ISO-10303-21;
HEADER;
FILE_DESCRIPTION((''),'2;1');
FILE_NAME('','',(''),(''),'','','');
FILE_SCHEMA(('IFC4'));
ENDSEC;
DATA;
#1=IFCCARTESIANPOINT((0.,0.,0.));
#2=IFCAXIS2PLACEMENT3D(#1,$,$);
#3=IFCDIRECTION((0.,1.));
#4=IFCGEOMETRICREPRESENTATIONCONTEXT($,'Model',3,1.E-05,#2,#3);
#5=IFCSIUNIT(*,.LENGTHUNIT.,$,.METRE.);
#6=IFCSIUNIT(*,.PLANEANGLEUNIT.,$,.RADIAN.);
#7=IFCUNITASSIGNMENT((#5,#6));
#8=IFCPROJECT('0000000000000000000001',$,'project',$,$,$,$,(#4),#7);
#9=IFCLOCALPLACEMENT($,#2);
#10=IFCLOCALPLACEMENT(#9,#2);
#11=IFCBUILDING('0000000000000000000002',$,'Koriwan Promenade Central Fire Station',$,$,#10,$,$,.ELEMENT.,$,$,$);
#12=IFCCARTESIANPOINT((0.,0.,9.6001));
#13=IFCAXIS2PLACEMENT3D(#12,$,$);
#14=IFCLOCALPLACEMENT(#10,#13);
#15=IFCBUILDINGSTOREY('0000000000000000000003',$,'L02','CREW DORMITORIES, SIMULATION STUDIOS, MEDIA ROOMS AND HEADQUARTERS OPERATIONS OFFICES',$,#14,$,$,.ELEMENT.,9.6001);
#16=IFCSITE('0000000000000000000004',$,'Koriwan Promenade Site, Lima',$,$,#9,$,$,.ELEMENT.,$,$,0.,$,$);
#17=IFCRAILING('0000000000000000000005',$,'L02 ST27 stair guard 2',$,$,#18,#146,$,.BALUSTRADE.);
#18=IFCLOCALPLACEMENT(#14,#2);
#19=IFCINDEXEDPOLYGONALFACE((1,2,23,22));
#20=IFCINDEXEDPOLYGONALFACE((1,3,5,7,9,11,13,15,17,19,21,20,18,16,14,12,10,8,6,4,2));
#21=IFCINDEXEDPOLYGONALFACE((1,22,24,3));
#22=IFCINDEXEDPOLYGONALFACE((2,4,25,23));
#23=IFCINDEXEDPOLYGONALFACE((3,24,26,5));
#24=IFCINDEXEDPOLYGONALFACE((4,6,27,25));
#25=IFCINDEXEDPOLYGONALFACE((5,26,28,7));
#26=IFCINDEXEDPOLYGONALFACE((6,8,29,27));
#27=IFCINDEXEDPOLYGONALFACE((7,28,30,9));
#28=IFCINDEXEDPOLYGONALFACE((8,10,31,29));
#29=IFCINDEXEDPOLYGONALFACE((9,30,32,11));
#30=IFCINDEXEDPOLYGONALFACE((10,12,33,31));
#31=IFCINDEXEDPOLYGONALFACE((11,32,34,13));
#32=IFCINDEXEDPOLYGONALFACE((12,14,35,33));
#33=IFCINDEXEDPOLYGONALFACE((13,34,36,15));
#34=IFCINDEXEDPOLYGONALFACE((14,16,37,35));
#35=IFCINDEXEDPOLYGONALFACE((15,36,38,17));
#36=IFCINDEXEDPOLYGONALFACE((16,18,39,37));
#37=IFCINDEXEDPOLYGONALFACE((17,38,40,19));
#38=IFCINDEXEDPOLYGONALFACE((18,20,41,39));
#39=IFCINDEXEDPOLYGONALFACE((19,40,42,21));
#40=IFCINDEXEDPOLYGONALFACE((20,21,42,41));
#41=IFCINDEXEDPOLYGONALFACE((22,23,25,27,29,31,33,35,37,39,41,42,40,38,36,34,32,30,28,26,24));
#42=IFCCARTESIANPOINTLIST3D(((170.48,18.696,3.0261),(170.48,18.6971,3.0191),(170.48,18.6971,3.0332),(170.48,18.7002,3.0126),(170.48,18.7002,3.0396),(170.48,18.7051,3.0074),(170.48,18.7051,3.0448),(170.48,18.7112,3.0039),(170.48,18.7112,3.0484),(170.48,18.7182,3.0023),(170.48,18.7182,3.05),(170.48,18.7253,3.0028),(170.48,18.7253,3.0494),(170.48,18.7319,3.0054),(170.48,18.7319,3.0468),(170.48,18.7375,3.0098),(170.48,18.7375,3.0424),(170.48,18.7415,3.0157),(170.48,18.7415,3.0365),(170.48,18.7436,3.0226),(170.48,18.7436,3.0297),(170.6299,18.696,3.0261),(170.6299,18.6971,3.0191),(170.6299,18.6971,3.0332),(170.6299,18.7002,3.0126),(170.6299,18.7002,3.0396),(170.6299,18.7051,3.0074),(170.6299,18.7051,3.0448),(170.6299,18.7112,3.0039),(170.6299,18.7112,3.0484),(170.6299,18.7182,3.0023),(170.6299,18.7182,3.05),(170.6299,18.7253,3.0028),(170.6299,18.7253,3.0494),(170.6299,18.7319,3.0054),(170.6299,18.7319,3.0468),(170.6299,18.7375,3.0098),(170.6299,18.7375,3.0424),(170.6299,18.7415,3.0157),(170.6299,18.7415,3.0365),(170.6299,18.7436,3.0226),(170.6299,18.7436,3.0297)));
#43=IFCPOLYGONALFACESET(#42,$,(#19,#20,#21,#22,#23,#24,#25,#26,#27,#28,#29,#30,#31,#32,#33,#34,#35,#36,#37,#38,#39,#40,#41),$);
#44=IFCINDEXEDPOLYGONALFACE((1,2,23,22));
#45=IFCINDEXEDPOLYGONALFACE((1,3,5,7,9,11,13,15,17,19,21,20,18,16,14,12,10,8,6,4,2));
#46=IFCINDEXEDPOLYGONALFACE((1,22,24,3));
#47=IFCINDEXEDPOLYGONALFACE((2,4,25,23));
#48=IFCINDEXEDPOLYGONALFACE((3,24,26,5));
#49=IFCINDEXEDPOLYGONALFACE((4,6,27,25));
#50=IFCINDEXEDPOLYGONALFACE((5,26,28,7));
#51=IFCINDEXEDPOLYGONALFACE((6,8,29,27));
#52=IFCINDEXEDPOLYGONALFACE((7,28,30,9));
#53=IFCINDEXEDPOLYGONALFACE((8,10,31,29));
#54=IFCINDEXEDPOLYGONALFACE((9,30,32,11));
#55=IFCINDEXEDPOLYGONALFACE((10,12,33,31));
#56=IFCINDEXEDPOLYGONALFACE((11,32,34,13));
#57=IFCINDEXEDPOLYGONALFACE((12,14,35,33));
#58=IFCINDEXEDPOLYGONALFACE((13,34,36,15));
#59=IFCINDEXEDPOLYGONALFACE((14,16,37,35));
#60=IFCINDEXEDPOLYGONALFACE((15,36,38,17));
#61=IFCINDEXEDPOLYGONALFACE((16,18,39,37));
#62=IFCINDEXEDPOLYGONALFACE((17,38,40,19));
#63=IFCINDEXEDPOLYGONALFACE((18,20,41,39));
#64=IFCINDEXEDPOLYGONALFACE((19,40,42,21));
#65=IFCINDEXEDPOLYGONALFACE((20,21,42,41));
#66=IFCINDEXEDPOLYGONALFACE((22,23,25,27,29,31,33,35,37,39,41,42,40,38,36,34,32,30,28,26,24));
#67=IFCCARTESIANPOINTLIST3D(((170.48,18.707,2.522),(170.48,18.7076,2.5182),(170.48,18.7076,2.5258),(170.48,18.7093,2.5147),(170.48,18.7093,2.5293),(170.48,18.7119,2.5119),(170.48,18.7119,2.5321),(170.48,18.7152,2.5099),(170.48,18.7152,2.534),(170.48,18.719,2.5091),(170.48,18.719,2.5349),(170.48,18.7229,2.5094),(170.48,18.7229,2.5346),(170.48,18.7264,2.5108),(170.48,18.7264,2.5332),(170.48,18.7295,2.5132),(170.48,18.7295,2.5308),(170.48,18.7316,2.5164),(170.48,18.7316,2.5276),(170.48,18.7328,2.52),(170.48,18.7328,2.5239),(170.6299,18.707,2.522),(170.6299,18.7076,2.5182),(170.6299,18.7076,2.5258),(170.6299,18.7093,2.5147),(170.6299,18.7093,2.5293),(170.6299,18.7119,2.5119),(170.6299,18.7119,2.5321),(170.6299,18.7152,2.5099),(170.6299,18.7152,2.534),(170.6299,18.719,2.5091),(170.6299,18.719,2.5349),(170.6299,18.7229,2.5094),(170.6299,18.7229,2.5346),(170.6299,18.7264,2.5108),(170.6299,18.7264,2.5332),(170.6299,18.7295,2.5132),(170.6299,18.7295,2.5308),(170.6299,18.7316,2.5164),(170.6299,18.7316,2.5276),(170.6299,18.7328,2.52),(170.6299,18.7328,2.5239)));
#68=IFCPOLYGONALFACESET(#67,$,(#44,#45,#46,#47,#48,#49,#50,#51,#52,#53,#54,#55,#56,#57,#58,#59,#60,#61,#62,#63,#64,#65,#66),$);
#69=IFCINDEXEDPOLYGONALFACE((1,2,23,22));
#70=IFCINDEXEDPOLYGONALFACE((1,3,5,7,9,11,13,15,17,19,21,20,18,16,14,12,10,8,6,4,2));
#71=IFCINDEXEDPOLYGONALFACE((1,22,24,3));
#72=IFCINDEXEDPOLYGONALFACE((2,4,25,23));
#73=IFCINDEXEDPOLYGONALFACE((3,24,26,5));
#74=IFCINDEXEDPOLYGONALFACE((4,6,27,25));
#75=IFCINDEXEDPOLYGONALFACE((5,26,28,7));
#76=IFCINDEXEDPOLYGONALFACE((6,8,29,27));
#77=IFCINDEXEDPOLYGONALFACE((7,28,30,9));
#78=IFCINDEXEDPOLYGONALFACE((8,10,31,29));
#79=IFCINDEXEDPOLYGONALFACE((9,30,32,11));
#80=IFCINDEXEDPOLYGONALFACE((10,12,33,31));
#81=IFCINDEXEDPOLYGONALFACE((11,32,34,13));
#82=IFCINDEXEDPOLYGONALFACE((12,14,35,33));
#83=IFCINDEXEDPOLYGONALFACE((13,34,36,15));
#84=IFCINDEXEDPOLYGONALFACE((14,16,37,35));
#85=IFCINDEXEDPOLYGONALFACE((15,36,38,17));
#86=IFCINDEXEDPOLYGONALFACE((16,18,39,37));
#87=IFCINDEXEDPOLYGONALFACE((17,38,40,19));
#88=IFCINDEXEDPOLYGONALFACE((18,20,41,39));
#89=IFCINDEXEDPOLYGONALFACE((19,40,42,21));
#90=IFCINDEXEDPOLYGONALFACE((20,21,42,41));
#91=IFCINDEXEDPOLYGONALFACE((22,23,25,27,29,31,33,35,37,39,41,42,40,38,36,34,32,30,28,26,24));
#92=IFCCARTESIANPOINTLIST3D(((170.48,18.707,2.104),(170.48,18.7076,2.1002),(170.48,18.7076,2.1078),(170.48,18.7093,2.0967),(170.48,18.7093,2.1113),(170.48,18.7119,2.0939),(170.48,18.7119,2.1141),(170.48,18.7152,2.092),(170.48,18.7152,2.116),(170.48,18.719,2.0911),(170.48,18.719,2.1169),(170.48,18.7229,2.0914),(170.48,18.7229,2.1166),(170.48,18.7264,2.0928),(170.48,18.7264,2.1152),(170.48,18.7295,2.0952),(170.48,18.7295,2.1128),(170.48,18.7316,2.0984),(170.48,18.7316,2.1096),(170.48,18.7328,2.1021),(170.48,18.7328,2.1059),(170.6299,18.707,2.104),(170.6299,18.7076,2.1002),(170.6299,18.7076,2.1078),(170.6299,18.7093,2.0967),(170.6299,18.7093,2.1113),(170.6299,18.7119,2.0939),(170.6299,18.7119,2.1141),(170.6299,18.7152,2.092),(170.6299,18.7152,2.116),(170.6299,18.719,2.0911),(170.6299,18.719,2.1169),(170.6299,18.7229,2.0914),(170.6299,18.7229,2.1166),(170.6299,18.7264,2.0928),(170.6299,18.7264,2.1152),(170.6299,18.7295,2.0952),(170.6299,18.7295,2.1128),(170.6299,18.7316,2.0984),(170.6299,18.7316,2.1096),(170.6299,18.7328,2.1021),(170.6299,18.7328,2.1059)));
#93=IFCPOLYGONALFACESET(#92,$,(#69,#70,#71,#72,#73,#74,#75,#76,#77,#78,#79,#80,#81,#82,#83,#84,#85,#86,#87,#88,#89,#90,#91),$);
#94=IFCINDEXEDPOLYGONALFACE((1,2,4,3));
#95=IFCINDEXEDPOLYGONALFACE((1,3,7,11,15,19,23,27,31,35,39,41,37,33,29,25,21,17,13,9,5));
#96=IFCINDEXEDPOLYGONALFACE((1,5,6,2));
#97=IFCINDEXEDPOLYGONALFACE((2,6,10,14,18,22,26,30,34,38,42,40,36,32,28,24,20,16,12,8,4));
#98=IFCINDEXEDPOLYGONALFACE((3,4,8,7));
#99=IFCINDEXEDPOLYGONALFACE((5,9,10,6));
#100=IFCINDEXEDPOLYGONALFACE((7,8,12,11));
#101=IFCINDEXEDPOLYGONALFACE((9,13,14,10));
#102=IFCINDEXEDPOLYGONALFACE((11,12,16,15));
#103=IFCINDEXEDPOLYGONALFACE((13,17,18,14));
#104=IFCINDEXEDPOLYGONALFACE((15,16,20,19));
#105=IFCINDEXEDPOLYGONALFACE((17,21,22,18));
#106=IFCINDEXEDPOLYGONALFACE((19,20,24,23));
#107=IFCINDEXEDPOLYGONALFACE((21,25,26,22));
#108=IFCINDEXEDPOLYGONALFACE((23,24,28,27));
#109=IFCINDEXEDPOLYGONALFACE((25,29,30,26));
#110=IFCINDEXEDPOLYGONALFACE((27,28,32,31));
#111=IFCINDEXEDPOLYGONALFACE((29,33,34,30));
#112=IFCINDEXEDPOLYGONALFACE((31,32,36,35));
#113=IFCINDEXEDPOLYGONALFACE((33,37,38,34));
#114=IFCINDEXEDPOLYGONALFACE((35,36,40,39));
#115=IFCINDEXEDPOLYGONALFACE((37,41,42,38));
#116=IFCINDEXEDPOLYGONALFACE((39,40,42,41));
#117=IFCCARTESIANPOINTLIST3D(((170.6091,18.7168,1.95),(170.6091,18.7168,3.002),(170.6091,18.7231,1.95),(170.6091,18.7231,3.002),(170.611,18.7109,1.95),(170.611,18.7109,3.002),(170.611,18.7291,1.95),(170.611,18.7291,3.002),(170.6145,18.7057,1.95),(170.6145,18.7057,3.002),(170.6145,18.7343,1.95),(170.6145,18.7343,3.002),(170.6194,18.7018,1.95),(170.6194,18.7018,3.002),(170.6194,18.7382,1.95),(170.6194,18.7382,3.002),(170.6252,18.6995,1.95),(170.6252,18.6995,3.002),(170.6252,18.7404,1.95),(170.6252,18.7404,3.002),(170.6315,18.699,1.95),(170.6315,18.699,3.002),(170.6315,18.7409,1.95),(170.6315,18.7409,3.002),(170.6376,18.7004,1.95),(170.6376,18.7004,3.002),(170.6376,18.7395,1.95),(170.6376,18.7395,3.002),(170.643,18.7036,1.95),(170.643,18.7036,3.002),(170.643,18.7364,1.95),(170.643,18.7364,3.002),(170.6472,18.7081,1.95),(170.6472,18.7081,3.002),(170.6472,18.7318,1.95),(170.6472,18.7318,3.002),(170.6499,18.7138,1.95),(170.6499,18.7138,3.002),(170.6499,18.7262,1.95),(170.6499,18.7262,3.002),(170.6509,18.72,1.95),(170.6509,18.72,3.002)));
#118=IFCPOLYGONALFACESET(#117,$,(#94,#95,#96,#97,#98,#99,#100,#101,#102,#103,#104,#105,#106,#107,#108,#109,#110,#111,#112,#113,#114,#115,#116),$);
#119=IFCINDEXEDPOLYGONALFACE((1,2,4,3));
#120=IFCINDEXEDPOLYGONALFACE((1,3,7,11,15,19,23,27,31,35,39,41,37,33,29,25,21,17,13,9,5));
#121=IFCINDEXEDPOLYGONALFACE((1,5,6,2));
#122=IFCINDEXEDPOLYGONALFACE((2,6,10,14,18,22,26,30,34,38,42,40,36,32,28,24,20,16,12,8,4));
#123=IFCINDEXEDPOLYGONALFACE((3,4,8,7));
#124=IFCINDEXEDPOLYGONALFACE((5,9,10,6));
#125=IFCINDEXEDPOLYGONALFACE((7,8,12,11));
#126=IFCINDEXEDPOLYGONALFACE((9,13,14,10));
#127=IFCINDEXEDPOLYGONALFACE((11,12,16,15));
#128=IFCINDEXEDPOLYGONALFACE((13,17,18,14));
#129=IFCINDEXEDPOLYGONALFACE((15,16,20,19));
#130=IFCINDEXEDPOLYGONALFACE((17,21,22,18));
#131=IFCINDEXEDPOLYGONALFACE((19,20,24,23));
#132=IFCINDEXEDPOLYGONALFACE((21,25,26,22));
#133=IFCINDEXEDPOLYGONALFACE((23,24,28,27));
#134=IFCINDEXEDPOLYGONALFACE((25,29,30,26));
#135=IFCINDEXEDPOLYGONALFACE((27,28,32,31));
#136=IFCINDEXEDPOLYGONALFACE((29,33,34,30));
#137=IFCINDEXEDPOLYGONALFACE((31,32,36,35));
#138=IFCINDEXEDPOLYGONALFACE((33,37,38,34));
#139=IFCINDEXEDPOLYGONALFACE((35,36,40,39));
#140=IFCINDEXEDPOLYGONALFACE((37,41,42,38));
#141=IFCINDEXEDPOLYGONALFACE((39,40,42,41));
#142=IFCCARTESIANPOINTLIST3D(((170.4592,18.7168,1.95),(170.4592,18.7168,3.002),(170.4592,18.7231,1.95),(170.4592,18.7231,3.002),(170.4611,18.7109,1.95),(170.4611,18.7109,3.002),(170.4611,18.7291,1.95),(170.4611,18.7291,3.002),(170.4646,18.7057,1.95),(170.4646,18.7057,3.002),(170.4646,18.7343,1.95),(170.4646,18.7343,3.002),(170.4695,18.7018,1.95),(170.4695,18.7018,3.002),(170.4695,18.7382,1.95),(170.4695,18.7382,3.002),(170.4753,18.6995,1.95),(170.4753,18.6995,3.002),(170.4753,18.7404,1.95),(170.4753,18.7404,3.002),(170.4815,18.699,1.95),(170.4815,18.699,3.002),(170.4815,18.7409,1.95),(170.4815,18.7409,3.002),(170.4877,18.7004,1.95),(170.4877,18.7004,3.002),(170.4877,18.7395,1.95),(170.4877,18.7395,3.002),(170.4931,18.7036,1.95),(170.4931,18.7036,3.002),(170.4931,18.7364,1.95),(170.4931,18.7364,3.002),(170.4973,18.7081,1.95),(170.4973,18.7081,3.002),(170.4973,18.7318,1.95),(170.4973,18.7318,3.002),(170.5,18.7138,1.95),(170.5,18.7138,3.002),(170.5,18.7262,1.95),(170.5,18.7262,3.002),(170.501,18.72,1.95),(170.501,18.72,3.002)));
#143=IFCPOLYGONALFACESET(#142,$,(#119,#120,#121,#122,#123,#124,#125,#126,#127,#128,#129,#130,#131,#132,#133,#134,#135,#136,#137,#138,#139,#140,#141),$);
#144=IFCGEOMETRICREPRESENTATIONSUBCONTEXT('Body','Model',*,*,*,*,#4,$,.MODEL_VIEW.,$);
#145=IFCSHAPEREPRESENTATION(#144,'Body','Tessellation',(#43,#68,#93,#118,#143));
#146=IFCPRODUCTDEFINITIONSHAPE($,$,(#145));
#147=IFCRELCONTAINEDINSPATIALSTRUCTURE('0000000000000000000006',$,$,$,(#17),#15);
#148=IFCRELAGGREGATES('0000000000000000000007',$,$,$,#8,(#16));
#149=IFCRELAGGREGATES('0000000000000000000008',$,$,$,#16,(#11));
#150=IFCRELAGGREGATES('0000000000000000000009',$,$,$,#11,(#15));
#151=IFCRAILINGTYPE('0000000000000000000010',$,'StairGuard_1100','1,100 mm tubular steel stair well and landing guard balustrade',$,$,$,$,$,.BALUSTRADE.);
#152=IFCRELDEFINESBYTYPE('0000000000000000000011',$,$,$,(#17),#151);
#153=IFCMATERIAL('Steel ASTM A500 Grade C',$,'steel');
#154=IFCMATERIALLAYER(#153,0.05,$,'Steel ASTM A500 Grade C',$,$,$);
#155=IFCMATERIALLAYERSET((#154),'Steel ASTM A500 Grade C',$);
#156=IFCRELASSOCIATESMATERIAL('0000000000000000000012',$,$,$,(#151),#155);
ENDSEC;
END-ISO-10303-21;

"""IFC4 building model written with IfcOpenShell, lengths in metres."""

from ifc_helpers import new_model, si_unit, direction, frame, origin, origin_2d, place, context, subcontext, project, spatial, circle, extrude, material, layer, layer_set, type_object, element, save


model = new_model("IFC4")

# Units and contexts
model_context = context("Model", 3, precision=1e-05, world=origin(), true_north=direction((0.0, 1.0)))
body_context = subcontext(model_context, "Body", "Model", "MODEL_VIEW")
ifc_project = project(units=[si_unit("LENGTHUNIT", "METRE"), si_unit("PLANEANGLEUNIT", "RADIAN")], contexts=[model_context])

# Site, building, storey
site_placement = place(None, origin())
site = spatial("IfcSite", under=ifc_project, at=site_placement, Name="Koriwan Promenade Site, Lima", CompositionType="ELEMENT", RefElevation=0.0)
building_placement = place(site_placement, origin())
building = spatial("IfcBuilding", under=site, at=building_placement, Name="Koriwan Promenade Central Fire Station", CompositionType="ELEMENT")
storey_placement = place(building_placement, frame((0.0, 0.0, 9.6001)))
storey = spatial("IfcBuildingStorey", under=building, at=storey_placement, Name="L02", Description="CREW DORMITORIES, SIMULATION STUDIOS, MEDIA ROOMS AND HEADQUARTERS OPERATIONS OFFICES", CompositionType="ELEMENT", Elevation=9.6001)

# Railing
ifc_material_1 = material(Name="Steel ASTM A500 Grade C", Category="steel")
ifc_layer_1 = layer(ifc_material_1, 0.05, Name="Steel ASTM A500 Grade C")
ifc_layer_set_1 = layer_set([ifc_layer_1], Name="Steel ASTM A500 Grade C")
railing_type_1 = type_object("IfcRailingType", Name="StairGuard_1100", Description="1,100 mm tubular steel stair well and landing guard balustrade", PredefinedType="BALUSTRADE", material=ifc_layer_set_1)
railing_1_placement = place(storey_placement, frame((170.6299, 18.72, 1.95)))
element("IfcRailing", 1, at=railing_1_placement, inside=storey, type_object=railing_type_1, Name="L02 ST27 stair guard 2", PredefinedType="BALUSTRADE", context=body_context, shape_type="SweptSolid", body=[
    extrude(circle(Radius=0.0239, at=origin_2d()), frame((0.0, 0.0, 1.0762), z_axis=(-1.0, 0.0, 0.0), x_axis=(0.0, -1.0, 0.0)), (0.0, 0.0, 1.0), 0.1499),
    extrude(circle(Radius=0.0129, at=origin_2d()), frame((0.0, 0.0, 0.572), z_axis=(-1.0, 0.0, 0.0), x_axis=(0.0, -1.0, 0.0)), (0.0, 0.0, 1.0), 0.1499),
    extrude(circle(Radius=0.0129, at=origin_2d()), frame((0.0, 0.0, 0.1541), z_axis=(-1.0, 0.0, 0.0), x_axis=(0.0, -1.0, 0.0)), (0.0, 0.0, 1.0), 0.1499),
    extrude(circle(Radius=0.021, at=origin_2d()), origin(), (0.0, 0.0, 1.0), 1.052),
    extrude(circle(Radius=0.021, at=origin_2d()), frame((-0.1499, 0.0, 0.0)), (0.0, 0.0, 1.0), 1.052),
])

save(model, "model.ifc")
